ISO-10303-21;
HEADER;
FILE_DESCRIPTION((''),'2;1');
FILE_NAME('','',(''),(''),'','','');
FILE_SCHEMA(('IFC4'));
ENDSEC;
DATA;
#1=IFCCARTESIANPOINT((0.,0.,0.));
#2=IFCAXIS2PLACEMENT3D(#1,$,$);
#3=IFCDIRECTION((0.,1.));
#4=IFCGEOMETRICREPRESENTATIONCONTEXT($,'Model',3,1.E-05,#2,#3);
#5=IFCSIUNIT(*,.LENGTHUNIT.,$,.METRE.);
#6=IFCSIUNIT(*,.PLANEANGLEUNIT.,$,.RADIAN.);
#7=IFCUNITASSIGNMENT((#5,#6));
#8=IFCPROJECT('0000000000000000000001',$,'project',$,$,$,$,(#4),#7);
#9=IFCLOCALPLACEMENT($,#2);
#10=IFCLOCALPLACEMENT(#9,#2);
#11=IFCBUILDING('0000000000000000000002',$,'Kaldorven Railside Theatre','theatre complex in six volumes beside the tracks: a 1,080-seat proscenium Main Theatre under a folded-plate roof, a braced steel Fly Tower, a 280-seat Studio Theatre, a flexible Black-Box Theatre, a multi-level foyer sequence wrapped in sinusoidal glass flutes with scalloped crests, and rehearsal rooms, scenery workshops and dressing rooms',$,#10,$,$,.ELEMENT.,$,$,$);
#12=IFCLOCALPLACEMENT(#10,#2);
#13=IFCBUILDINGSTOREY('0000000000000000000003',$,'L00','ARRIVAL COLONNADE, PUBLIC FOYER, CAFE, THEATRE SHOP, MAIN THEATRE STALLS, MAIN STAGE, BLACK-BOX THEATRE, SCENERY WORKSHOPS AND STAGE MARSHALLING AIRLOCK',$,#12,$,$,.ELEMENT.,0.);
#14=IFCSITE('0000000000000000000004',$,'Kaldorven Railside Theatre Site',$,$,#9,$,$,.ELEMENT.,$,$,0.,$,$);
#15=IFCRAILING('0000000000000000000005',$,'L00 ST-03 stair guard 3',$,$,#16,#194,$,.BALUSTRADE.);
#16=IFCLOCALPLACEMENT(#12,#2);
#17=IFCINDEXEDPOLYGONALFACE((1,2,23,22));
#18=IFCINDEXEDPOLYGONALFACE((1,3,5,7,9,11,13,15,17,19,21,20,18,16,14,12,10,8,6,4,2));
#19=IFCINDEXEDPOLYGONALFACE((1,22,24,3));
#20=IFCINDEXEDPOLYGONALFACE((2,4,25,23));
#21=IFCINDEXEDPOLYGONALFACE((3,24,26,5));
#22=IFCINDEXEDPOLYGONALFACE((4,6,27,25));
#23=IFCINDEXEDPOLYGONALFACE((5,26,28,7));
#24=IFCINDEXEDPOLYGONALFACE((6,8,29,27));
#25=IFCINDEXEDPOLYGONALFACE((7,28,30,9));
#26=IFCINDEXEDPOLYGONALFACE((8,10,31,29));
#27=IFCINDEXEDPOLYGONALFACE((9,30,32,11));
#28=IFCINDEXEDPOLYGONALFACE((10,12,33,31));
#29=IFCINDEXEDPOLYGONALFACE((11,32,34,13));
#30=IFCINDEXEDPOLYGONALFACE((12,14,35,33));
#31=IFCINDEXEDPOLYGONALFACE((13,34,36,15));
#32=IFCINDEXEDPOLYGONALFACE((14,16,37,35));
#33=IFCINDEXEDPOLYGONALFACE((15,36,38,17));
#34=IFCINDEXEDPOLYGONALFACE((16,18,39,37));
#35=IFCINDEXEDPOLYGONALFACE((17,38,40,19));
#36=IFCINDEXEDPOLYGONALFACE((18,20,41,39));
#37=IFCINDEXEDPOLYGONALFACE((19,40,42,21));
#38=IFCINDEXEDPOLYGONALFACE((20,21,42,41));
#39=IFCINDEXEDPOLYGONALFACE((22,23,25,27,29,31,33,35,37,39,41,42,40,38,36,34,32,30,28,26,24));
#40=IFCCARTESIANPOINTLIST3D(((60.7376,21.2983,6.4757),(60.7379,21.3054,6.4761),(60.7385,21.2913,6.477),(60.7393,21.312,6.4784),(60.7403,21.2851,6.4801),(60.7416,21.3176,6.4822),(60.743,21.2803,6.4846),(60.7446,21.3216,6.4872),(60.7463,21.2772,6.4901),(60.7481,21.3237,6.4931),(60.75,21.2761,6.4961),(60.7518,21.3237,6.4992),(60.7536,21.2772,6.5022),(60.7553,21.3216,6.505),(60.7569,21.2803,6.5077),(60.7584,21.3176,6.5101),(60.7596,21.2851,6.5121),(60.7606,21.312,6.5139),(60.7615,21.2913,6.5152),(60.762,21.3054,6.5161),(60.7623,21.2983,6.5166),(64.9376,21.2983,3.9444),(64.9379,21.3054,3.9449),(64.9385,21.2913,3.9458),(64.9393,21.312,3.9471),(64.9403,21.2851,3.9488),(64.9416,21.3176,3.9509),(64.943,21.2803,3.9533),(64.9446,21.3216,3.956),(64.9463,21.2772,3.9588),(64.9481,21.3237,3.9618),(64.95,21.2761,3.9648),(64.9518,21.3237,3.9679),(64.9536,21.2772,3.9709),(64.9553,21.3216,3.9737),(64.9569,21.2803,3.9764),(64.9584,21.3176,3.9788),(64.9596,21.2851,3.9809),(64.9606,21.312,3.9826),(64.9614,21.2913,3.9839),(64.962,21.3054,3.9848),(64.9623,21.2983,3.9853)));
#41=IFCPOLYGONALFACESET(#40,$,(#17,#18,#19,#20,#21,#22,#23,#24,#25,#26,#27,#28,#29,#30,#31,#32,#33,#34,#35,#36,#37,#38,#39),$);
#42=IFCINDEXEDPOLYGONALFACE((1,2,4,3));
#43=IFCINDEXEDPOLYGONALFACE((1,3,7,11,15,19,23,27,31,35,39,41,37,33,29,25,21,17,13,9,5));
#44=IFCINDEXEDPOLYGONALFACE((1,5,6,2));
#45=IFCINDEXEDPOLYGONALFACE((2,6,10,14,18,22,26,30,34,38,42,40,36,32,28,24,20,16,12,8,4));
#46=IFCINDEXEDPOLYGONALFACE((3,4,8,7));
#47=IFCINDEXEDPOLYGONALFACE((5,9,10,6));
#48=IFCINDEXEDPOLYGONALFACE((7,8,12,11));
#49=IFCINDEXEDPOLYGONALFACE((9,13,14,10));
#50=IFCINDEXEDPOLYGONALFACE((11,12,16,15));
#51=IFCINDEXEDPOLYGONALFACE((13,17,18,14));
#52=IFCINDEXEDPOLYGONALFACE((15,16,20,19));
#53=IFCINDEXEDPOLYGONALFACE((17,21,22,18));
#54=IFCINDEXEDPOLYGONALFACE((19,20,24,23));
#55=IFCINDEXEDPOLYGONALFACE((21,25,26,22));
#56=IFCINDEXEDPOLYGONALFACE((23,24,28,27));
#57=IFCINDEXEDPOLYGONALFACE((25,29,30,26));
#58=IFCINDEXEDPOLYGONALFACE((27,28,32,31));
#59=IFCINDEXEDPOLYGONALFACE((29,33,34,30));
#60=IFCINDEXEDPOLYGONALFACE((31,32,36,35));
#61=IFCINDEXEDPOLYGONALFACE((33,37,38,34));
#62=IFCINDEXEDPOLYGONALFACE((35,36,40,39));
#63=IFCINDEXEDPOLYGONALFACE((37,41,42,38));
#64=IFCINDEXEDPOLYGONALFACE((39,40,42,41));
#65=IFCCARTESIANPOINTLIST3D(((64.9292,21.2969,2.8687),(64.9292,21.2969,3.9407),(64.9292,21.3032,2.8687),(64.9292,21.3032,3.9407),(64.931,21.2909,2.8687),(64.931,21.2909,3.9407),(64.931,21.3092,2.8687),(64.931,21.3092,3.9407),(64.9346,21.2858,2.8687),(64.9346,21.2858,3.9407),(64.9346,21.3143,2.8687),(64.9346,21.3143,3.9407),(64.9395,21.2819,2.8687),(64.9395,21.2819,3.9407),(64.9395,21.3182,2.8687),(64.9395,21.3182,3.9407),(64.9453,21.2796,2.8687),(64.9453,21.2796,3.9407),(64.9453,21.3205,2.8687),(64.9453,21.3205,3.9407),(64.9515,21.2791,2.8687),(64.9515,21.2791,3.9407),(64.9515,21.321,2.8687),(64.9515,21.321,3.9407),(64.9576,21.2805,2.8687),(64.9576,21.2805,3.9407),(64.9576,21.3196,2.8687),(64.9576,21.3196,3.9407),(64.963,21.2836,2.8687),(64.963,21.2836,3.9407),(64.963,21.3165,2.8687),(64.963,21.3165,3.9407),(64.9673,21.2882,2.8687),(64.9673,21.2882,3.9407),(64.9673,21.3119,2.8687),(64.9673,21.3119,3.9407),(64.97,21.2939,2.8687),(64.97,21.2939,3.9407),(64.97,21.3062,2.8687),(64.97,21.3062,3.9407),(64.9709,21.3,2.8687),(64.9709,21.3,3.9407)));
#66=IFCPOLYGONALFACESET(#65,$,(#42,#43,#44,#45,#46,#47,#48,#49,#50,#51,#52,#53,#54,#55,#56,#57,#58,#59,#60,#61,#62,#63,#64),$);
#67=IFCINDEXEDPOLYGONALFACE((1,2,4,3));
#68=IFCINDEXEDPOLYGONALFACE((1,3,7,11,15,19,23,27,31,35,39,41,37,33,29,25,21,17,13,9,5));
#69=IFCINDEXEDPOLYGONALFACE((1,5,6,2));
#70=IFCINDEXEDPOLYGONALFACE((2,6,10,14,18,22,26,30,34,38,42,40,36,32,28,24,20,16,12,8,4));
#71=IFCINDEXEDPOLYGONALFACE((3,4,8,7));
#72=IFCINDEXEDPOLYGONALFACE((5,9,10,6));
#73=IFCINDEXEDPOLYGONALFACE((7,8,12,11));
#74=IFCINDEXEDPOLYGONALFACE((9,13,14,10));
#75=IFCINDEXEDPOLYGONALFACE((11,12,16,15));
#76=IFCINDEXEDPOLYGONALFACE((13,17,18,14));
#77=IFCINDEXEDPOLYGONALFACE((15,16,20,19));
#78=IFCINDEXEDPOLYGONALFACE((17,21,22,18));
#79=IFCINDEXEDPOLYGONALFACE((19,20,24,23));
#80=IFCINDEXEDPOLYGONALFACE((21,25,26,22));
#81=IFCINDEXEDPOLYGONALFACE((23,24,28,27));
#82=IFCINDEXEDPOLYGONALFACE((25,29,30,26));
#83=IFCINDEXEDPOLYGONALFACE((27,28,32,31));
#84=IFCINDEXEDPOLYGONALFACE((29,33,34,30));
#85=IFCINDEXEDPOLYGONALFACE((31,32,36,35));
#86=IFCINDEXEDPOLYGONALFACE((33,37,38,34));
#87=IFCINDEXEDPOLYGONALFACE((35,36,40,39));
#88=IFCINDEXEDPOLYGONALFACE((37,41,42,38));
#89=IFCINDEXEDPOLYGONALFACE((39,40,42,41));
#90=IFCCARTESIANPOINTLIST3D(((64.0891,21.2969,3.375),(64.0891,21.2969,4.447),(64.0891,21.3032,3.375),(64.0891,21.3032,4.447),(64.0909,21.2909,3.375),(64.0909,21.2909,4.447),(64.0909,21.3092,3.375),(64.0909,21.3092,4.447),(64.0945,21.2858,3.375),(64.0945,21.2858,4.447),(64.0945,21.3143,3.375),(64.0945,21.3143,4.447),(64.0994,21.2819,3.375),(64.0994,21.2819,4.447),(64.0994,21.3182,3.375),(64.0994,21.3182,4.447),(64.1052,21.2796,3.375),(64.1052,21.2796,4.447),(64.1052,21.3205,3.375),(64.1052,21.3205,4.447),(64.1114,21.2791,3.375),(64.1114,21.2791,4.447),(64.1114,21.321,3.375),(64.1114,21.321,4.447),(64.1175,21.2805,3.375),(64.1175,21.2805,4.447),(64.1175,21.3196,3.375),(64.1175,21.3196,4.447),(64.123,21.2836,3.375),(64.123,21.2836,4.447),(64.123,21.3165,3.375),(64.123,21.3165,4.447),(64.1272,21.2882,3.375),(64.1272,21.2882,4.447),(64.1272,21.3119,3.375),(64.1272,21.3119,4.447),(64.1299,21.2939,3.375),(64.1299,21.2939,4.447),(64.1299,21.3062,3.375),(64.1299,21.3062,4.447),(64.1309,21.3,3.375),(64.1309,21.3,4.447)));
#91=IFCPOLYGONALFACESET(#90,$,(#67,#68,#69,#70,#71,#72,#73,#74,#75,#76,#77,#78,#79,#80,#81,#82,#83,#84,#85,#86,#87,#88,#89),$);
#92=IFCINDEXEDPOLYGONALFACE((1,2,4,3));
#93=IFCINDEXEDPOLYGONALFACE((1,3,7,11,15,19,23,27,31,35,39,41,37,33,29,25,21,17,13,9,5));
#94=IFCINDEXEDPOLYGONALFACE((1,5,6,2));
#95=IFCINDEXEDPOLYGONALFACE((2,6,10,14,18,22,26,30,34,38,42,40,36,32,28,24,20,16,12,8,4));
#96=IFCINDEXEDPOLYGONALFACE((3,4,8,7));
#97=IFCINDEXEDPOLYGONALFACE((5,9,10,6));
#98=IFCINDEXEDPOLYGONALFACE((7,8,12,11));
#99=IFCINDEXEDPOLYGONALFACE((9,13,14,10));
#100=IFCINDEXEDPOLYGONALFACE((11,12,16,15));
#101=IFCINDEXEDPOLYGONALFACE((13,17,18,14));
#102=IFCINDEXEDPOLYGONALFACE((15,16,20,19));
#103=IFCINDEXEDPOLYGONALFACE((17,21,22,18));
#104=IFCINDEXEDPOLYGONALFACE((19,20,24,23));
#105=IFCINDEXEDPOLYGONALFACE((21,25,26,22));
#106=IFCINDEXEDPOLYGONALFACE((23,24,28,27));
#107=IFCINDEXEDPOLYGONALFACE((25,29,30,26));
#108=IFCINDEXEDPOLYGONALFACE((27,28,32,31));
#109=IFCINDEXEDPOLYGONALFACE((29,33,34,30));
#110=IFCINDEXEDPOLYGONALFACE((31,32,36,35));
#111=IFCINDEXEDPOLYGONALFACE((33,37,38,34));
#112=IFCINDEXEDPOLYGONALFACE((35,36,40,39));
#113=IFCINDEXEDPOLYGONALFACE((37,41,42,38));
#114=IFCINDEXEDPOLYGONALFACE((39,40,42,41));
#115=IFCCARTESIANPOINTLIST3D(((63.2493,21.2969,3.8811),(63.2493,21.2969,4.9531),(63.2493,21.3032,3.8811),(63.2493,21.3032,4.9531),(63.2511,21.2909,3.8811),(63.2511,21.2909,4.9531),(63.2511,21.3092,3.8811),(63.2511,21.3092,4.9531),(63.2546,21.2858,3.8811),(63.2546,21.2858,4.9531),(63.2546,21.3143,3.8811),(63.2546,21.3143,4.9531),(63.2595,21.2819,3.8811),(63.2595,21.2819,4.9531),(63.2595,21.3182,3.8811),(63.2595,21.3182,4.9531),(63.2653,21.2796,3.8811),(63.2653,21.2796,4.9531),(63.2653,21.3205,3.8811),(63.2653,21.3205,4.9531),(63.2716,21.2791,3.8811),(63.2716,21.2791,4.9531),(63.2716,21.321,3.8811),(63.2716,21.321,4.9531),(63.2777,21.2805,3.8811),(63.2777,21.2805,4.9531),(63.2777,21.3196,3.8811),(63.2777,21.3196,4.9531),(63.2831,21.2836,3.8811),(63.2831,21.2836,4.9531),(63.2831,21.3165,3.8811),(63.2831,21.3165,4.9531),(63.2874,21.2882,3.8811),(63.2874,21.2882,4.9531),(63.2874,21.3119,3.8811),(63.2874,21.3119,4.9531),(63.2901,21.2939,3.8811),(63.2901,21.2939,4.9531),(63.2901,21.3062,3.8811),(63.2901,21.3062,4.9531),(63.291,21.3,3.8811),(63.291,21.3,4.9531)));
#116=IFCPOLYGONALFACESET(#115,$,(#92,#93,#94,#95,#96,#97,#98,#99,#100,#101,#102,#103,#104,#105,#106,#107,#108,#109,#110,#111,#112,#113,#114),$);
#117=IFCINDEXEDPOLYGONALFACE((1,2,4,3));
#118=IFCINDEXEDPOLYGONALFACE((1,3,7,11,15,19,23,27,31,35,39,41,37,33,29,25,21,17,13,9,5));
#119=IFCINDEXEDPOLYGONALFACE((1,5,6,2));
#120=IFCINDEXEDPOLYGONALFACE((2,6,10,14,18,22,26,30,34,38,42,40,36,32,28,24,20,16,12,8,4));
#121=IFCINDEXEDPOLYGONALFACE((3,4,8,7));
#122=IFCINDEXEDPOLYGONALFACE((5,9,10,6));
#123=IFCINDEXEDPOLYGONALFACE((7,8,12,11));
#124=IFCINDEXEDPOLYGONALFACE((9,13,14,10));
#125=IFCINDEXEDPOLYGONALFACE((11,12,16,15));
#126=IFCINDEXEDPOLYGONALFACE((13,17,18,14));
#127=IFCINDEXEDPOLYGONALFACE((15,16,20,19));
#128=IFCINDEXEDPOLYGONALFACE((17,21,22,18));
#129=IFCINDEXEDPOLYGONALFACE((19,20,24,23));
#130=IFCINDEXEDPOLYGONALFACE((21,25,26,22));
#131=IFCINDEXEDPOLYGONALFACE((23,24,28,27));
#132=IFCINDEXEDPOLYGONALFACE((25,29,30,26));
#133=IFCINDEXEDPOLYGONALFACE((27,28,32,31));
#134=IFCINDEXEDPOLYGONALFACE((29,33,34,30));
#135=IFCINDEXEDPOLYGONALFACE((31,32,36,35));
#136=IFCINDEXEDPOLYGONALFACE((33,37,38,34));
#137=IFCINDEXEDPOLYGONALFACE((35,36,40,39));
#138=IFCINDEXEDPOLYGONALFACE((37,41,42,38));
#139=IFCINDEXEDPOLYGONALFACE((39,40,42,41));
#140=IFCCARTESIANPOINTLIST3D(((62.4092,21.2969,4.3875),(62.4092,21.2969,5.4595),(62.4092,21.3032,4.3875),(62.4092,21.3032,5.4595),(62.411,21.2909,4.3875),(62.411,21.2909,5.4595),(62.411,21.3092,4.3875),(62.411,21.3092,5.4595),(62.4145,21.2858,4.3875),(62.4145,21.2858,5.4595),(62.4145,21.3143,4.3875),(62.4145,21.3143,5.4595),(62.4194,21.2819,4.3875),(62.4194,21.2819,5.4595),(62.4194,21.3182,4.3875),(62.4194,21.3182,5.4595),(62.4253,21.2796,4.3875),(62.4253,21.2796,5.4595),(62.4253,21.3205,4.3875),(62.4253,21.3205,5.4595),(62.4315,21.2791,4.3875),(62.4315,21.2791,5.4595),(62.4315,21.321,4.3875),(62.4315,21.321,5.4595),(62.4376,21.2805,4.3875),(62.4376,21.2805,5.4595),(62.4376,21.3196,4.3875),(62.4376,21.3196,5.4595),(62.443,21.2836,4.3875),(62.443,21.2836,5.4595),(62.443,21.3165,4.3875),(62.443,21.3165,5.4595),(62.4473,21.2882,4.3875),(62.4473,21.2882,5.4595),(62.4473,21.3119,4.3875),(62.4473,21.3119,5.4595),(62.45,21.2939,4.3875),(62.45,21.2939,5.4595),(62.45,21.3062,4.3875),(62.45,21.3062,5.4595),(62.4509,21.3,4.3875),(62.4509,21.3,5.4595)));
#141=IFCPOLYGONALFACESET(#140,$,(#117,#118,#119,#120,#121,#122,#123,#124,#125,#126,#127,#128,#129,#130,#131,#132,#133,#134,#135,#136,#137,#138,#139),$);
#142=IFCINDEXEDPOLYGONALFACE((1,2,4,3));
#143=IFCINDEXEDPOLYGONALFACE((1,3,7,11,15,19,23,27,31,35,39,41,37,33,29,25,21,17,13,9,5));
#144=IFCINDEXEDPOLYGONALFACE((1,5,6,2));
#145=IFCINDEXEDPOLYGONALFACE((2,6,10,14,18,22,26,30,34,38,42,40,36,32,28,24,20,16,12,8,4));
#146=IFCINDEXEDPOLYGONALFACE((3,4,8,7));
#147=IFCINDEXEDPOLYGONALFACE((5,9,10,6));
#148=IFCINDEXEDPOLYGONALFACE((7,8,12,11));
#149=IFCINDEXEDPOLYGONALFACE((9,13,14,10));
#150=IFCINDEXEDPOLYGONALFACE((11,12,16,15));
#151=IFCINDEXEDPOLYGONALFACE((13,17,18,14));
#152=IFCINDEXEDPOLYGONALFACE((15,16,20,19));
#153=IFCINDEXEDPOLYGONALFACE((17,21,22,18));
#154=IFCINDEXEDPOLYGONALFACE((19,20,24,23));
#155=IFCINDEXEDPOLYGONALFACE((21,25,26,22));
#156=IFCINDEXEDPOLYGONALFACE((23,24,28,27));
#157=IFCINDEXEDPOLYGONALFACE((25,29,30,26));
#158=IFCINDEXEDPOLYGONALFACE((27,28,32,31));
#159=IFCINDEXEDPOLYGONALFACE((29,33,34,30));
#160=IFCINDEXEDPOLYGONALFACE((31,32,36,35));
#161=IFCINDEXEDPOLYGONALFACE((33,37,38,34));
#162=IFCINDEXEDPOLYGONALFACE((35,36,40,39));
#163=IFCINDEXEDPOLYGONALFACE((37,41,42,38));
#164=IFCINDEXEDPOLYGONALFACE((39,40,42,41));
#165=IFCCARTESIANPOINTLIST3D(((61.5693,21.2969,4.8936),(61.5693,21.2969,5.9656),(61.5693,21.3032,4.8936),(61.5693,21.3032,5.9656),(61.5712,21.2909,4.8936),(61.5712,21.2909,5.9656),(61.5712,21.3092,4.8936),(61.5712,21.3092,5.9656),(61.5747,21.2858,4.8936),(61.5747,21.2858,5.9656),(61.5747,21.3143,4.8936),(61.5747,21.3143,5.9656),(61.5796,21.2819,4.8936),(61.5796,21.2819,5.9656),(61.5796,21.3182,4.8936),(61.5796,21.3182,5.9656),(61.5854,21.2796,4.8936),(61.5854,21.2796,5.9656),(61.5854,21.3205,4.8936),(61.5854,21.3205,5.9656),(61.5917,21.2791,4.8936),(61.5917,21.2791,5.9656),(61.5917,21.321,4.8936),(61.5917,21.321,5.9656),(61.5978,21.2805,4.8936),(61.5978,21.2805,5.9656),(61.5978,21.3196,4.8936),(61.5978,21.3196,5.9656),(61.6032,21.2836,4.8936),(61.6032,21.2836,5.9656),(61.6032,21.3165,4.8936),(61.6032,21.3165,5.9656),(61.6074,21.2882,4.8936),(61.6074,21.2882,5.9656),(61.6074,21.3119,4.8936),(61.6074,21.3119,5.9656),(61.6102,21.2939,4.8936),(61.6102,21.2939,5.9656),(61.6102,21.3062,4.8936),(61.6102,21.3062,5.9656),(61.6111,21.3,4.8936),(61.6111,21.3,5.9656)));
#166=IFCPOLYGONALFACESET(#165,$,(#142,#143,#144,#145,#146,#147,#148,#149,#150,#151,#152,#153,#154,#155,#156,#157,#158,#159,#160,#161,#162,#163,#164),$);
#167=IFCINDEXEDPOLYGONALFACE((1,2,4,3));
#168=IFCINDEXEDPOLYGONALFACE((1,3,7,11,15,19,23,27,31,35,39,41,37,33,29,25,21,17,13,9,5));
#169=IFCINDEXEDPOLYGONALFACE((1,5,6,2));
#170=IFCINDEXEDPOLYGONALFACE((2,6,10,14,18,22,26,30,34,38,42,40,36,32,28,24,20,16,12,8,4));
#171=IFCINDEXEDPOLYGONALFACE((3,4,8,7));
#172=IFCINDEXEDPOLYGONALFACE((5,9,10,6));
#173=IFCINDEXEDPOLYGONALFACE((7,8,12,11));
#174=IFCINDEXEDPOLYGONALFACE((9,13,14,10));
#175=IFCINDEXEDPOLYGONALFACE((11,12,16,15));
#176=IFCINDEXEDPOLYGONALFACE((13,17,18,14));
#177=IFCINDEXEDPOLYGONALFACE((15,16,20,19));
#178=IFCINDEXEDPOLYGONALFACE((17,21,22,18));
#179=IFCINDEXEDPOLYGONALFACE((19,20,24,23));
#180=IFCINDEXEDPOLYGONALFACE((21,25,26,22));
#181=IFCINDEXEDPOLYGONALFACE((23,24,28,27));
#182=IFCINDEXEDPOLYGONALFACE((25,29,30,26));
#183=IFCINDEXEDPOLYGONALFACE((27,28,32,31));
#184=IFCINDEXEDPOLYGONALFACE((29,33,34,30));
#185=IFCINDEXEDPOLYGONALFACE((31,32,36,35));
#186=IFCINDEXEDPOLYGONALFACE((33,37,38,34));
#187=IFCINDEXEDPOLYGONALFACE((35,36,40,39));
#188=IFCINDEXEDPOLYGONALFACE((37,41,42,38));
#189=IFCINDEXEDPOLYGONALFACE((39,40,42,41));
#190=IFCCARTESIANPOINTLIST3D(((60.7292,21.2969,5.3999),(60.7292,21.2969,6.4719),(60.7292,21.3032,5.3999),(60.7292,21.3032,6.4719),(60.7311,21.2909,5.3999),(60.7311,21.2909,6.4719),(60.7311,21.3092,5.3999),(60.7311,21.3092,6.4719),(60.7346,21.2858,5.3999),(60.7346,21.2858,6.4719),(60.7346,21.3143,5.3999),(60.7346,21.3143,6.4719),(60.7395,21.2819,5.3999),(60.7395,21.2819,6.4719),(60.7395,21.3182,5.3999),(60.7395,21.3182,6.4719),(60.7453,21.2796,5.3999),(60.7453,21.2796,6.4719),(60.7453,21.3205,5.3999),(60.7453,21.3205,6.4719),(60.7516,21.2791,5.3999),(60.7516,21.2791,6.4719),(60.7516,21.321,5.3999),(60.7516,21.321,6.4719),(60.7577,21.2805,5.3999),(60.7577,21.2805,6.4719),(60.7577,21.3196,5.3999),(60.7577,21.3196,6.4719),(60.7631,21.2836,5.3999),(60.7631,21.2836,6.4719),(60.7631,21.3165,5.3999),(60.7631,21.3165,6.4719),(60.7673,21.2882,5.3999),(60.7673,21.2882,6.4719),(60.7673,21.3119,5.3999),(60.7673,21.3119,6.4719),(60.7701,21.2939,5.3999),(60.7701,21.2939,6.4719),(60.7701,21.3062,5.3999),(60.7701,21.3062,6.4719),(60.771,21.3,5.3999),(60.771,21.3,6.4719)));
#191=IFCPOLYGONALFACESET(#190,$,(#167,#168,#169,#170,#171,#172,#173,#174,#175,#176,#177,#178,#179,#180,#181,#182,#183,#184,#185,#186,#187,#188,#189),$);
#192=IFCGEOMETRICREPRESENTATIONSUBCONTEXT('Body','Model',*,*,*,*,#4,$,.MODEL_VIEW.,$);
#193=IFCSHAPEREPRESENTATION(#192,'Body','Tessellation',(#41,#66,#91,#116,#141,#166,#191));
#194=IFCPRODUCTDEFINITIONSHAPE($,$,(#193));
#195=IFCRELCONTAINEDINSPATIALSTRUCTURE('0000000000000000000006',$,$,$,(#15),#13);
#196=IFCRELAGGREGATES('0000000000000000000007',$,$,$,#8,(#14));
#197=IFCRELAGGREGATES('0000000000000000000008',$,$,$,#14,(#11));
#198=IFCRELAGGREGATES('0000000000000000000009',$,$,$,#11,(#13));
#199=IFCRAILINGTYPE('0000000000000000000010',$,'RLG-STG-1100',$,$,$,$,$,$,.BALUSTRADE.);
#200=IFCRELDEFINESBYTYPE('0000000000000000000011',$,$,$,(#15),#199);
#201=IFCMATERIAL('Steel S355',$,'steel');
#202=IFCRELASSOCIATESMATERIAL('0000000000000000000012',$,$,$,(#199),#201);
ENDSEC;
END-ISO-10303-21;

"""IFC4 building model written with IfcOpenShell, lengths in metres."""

from ifc_helpers import new_model, si_unit, direction, frame, origin, origin_2d, place, context, subcontext, project, spatial, circle, extrude, material, type_object, element, save


model = new_model("IFC4")

# Units and contexts
model_context = context("Model", 3, precision=1e-05, world=origin(), true_north=direction((0.0, 1.0)))
body_context = subcontext(model_context, "Body", "Model", "MODEL_VIEW")
ifc_project = project(units=[si_unit("LENGTHUNIT", "METRE"), si_unit("PLANEANGLEUNIT", "RADIAN")], contexts=[model_context])

# Site, building, storey
site_placement = place(None, origin())
site = spatial("IfcSite", under=ifc_project, at=site_placement, Name="Kaldorven Railside Theatre Site", CompositionType="ELEMENT", RefElevation=0.0)
building_placement = place(site_placement, origin())
building = spatial("IfcBuilding", under=site, at=building_placement, Name="Kaldorven Railside Theatre", Description="theatre complex in six volumes beside the tracks: a 1,080-seat proscenium Main Theatre under a folded-plate roof, a braced steel Fly Tower, a 280-seat Studio Theatre, a flexible Black-Box Theatre, a multi-level foyer sequence wrapped in sinusoidal glass flutes with scalloped crests, and rehearsal rooms, scenery workshops and dressing rooms", CompositionType="ELEMENT")
storey_placement = place(building_placement, origin())
storey = spatial("IfcBuildingStorey", under=building, at=storey_placement, Name="L00", Description="ARRIVAL COLONNADE, PUBLIC FOYER, CAFE, THEATRE SHOP, MAIN THEATRE STALLS, MAIN STAGE, BLACK-BOX THEATRE, SCENERY WORKSHOPS AND STAGE MARSHALLING AIRLOCK", CompositionType="ELEMENT", Elevation=0.0)

# Shared definitions
ifc_material_1 = material(Name="Steel S355", Category="steel")

# Railing
railing_type_1 = type_object("IfcRailingType", Name="RLG-STG-1100", PredefinedType="BALUSTRADE", material=ifc_material_1)
railing_1_placement = place(storey_placement, frame((64.95, 21.3, 2.8687)))
element("IfcRailing", 1, at=railing_1_placement, inside=storey, type_object=railing_type_1, Name="L00 ST-03 stair guard 3", PredefinedType="BALUSTRADE", context=body_context, shape_type="SweptSolid", body=[
    extrude(circle(Radius=0.0239, at=origin_2d()), frame((0.0, 0.0, 1.0962), z_axis=(-0.856476, 0.0, 0.516186), x_axis=(0.0, -1.0, 0.0)), (0.0, 0.0, 1.0), 4.9038),
    extrude(circle(Radius=0.021, at=origin_2d()), origin(), (0.0, 0.0, 1.0), 1.072),
    extrude(circle(Radius=0.021, at=origin_2d()), frame((-0.8401, 0.0, 0.5063)), (0.0, 0.0, 1.0), 1.072),
    extrude(circle(Radius=0.021, at=origin_2d()), frame((-1.6799, 0.0, 1.0125)), (0.0, 0.0, 1.0), 1.072),
    extrude(circle(Radius=0.021, at=origin_2d()), frame((-2.52, 0.0, 1.5188)), (0.0, 0.0, 1.0), 1.072),
    extrude(circle(Radius=0.021, at=origin_2d()), frame((-3.3599, 0.0, 2.0249)), (0.0, 0.0, 1.0), 1.072),
    extrude(circle(Radius=0.021, at=origin_2d()), frame((-4.2, 0.0, 2.5312)), (0.0, 0.0, 1.0), 1.072),
])

save(model, "model.ifc")
